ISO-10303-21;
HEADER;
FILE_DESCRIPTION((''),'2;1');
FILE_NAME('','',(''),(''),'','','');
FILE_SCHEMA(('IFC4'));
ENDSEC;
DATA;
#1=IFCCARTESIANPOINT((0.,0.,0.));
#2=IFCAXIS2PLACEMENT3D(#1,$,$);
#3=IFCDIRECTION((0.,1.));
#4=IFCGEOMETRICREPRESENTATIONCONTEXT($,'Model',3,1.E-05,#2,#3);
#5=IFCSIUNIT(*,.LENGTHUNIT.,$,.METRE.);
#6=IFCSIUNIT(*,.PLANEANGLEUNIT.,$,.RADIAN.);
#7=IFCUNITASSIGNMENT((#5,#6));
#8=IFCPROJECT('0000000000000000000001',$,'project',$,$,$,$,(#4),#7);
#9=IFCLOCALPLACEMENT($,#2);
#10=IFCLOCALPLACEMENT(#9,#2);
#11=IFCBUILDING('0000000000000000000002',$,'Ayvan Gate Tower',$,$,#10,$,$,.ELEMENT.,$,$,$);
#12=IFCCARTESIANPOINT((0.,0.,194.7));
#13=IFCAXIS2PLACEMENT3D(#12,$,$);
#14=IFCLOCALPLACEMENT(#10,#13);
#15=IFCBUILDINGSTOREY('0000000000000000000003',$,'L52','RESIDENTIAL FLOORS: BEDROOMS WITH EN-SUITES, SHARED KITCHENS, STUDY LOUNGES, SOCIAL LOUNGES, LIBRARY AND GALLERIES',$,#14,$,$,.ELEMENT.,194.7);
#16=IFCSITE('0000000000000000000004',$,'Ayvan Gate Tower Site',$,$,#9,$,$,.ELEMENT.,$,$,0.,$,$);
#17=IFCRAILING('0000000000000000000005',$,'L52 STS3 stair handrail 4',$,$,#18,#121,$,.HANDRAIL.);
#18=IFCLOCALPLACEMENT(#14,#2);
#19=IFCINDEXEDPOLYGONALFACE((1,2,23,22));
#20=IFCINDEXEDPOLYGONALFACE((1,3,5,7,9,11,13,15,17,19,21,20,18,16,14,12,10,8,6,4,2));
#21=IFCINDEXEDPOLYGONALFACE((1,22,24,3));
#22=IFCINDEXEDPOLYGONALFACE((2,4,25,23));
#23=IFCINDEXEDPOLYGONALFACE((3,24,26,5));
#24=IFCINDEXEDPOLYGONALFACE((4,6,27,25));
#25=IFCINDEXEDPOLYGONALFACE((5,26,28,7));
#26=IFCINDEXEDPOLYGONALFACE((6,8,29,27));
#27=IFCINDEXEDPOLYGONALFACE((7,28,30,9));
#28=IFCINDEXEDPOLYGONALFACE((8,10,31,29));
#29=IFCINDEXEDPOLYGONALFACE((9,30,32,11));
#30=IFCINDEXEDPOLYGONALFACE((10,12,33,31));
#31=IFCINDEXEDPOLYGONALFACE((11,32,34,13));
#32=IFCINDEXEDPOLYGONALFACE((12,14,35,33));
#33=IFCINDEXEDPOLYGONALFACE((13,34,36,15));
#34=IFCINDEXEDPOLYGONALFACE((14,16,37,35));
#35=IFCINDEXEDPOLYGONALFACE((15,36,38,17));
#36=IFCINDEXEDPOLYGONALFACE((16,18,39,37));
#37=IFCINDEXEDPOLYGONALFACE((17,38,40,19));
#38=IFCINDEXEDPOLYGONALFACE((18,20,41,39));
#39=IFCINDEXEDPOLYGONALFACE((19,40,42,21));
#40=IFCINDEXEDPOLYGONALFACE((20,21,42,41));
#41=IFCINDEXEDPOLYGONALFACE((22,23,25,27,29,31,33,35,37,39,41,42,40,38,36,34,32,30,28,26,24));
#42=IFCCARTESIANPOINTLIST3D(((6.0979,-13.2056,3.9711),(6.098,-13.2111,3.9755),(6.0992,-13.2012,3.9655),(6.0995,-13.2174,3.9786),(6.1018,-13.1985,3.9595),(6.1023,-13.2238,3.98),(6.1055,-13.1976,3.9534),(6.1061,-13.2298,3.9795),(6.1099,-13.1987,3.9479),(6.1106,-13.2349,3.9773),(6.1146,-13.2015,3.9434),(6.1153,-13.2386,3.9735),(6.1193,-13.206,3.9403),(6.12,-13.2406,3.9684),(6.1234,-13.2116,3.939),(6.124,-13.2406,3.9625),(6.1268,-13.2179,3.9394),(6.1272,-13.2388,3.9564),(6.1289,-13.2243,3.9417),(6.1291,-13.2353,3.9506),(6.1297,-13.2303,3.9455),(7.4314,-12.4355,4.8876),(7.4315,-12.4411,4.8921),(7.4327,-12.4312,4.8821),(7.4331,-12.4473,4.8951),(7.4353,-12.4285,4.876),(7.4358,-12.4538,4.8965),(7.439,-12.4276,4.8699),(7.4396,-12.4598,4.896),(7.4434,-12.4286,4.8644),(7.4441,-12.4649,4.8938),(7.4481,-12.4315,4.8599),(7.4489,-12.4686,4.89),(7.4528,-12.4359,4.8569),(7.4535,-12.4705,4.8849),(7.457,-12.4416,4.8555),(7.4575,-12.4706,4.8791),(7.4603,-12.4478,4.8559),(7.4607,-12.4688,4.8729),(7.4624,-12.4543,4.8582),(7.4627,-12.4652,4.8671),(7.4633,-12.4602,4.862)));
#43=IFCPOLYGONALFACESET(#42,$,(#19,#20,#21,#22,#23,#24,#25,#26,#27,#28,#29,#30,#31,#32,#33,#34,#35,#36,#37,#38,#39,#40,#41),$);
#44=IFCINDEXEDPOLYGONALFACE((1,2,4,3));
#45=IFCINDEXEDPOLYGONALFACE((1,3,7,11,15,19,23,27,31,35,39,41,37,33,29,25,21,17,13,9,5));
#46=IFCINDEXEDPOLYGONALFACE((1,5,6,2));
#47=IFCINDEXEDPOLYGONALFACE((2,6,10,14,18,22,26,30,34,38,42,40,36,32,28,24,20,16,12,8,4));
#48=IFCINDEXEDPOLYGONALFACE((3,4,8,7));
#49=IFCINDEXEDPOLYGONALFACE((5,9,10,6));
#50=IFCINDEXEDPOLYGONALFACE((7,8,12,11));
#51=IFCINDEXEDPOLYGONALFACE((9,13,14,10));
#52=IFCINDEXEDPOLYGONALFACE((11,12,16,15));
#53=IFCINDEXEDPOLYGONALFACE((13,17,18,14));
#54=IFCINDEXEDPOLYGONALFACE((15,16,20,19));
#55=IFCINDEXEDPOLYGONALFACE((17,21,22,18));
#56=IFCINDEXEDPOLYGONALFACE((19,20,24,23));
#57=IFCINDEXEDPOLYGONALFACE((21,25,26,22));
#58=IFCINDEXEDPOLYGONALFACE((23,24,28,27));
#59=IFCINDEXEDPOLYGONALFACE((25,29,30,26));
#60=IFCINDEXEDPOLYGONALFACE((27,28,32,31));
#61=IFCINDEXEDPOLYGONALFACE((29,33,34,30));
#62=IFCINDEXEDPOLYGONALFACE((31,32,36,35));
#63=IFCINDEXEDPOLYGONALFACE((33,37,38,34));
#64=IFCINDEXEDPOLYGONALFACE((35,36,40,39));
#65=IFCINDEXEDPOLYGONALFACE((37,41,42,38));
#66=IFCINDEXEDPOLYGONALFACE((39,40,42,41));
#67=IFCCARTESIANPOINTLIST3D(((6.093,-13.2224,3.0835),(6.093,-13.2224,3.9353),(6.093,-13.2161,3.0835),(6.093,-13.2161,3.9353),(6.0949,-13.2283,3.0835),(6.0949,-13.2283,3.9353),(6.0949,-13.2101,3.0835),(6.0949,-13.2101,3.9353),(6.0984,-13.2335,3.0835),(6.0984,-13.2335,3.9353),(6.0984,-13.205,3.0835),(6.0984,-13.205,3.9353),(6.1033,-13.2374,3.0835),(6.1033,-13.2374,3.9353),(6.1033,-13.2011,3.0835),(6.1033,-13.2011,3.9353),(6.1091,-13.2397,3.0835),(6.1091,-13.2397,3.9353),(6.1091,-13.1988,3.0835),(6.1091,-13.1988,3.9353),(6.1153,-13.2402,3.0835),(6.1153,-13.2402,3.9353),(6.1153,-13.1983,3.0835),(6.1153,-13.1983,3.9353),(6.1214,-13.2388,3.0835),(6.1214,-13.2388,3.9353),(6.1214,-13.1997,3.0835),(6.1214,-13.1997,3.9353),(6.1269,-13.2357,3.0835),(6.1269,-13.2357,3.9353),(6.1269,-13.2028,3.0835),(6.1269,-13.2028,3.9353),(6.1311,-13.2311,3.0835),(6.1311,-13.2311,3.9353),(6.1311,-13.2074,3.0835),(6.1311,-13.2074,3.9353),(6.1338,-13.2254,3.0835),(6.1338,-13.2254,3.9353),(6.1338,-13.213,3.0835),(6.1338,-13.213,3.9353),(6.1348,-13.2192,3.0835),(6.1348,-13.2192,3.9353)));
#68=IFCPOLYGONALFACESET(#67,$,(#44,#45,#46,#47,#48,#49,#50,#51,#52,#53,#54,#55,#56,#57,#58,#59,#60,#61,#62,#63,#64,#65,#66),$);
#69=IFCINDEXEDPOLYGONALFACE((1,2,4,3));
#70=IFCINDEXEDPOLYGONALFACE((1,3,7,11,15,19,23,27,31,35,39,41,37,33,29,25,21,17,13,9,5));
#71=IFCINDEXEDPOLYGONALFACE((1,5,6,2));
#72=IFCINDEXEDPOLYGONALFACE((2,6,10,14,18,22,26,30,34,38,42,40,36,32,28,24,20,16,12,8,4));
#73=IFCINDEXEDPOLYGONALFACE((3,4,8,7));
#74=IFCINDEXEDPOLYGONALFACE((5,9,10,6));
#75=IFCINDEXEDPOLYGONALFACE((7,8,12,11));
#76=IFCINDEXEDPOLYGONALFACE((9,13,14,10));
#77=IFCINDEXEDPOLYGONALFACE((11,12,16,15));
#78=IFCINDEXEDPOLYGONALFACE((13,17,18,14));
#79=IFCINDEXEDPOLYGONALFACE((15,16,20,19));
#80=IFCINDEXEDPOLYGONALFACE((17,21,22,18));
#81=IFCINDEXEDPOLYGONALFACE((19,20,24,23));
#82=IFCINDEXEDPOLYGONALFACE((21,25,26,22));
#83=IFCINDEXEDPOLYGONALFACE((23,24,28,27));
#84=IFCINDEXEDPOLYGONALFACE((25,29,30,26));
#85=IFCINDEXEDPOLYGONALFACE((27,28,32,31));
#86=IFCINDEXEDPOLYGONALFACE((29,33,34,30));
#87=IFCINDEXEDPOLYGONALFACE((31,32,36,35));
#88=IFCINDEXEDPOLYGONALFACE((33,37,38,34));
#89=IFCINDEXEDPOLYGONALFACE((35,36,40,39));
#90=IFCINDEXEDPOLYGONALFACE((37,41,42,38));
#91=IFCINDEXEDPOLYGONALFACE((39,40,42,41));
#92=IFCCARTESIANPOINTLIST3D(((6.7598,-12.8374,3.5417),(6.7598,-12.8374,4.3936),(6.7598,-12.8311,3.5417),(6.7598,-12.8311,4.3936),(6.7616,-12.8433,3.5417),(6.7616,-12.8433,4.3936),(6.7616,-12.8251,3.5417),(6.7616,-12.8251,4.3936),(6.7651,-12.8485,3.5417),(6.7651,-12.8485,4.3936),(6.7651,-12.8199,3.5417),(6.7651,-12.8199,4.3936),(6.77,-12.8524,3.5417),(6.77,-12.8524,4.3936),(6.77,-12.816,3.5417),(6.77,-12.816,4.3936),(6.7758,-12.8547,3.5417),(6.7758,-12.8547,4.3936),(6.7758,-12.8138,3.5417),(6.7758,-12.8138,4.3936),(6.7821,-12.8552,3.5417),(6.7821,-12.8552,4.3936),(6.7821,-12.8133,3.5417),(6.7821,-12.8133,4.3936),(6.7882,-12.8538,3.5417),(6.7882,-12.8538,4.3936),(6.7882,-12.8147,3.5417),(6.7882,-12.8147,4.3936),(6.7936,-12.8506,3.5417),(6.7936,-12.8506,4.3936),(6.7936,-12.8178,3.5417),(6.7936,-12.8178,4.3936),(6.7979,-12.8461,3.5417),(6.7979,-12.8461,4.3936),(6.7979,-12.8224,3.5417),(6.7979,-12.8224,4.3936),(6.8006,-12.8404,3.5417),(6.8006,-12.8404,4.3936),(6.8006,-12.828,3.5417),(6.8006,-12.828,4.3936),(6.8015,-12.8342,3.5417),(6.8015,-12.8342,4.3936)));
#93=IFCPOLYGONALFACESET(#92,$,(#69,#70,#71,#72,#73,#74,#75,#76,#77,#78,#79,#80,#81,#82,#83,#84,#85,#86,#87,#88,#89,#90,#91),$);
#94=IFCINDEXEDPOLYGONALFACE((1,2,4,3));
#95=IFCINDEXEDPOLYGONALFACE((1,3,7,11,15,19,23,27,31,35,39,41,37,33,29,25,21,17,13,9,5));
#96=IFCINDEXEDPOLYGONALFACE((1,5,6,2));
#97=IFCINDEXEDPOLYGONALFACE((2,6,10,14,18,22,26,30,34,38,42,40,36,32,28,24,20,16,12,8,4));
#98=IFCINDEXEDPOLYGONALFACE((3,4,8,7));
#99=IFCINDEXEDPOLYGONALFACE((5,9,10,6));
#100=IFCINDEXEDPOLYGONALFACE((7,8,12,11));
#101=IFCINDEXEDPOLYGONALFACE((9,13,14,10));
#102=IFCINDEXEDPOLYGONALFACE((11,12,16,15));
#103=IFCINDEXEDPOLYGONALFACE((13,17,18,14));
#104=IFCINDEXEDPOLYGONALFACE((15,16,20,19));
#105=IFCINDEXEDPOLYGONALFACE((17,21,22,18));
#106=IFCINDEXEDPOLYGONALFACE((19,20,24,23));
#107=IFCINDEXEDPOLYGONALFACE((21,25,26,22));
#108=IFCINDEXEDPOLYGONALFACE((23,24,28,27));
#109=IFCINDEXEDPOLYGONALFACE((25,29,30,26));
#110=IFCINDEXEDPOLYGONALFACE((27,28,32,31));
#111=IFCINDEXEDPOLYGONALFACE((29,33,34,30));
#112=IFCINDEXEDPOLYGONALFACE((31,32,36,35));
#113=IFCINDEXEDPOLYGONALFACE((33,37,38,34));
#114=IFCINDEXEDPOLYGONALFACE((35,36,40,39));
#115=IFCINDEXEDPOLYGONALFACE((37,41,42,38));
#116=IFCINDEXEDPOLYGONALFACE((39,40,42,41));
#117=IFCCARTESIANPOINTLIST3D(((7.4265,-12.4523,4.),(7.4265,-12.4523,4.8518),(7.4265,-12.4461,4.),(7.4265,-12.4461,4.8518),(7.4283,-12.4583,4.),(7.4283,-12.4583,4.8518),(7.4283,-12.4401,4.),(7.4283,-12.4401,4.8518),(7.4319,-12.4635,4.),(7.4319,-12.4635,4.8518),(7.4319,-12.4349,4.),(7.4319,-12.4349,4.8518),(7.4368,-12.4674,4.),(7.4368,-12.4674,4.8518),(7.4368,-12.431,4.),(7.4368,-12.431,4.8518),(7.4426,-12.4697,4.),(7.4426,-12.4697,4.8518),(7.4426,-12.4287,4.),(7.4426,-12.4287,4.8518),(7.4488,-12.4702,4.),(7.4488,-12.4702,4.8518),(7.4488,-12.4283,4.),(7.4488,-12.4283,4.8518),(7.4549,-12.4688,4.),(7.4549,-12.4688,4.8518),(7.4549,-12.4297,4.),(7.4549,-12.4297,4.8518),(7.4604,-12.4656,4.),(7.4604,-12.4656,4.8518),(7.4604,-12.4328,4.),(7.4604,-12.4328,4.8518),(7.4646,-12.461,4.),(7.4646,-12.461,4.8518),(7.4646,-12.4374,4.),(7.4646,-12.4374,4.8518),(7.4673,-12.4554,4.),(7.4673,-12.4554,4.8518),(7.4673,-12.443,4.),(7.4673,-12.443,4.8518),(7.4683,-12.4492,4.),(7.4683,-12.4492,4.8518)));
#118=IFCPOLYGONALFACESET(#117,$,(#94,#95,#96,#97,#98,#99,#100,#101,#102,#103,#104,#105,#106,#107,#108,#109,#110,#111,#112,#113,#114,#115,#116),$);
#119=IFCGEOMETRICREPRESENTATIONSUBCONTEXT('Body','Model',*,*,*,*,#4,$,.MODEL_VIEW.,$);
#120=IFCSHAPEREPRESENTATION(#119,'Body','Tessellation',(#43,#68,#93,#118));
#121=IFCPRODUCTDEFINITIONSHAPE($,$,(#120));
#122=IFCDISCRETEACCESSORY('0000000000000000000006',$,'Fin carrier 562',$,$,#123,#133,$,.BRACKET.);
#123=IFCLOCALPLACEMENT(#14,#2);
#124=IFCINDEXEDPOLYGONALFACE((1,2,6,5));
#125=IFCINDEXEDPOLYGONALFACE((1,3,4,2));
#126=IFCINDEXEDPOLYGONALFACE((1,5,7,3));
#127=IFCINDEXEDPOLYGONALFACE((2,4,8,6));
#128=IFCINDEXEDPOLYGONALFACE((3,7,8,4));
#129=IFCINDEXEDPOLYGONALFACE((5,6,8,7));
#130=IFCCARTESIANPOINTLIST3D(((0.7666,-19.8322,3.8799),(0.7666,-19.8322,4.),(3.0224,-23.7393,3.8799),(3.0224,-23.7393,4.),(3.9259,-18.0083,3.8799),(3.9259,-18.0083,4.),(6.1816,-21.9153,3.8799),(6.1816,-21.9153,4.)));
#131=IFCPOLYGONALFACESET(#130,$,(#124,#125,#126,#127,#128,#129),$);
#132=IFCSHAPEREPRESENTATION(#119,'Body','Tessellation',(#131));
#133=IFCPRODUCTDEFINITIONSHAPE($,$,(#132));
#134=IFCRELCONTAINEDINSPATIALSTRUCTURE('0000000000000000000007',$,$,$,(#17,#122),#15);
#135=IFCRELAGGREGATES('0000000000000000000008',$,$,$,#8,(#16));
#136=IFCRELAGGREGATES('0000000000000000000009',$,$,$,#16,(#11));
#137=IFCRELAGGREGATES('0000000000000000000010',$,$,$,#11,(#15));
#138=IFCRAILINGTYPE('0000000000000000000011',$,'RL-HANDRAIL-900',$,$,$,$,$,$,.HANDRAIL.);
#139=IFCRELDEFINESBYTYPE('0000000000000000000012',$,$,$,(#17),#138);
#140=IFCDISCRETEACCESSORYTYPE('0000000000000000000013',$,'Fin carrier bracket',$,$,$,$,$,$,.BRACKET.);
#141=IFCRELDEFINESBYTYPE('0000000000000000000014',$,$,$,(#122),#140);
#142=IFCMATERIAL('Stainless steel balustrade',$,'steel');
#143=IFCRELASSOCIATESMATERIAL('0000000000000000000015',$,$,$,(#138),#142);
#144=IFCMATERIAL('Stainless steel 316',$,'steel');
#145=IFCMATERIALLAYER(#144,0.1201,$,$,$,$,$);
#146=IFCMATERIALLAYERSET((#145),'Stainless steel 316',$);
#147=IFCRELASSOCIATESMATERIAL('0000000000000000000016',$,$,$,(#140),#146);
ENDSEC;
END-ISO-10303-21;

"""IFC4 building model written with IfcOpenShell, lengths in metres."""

from ifc_helpers import new_model, si_unit, direction, frame, origin, origin_2d, place, context, subcontext, project, spatial, rectangle, circle, extrude, material, layer, layer_set, type_object, element, save


model = new_model("IFC4")

# Units and contexts
model_context = context("Model", 3, precision=1e-05, world=origin(), true_north=direction((0.0, 1.0)))
body_context = subcontext(model_context, "Body", "Model", "MODEL_VIEW")
ifc_project = project(units=[si_unit("LENGTHUNIT", "METRE"), si_unit("PLANEANGLEUNIT", "RADIAN")], contexts=[model_context])

# Site, building, storey
site_placement = place(None, origin())
site = spatial("IfcSite", under=ifc_project, at=site_placement, Name="Ayvan Gate Tower Site", CompositionType="ELEMENT", RefElevation=0.0)
building_placement = place(site_placement, origin())
building = spatial("IfcBuilding", under=site, at=building_placement, Name="Ayvan Gate Tower", CompositionType="ELEMENT")
storey_placement = place(building_placement, frame((0.0, 0.0, 194.7)))
storey = spatial("IfcBuildingStorey", under=building, at=storey_placement, Name="L52", Description="RESIDENTIAL FLOORS: BEDROOMS WITH EN-SUITES, SHARED KITCHENS, STUDY LOUNGES, SOCIAL LOUNGES, LIBRARY AND GALLERIES", CompositionType="ELEMENT", Elevation=194.7)

# Railing
ifc_material_1 = material(Name="Stainless steel balustrade", Category="steel")
railing_type_1 = type_object("IfcRailingType", Name="RL-HANDRAIL-900", PredefinedType="HANDRAIL", material=ifc_material_1)
railing_1_placement = place(storey_placement, frame((6.1138, -13.2192, 3.0835)))
element("IfcRailing", 1, at=railing_1_placement, inside=storey, type_object=railing_type_1, Name="L52 STS3 stair handrail 4", PredefinedType="HANDRAIL", context=body_context, shape_type="SweptSolid", body=[
    extrude(circle(Radius=0.0239, at=origin_2d()), frame((0.0, 0.0, 0.876), z_axis=(0.744155, 0.429708, 0.511453), x_axis=(-0.500061, 0.86599, 0.0)), (0.0, 0.0, 1.0), 1.792),
    extrude(circle(Radius=0.021, at=origin_2d()), origin(), (0.0, 0.0, 1.0), 0.8518),
    extrude(circle(Radius=0.021, at=origin_2d()), frame((0.6667, 0.385, 0.4583)), (0.0, 0.0, 1.0), 0.8518),
    extrude(circle(Radius=0.021, at=origin_2d()), frame((1.3335, 0.77, 0.9165)), (0.0, 0.0, 1.0), 0.8518),
])

# Discrete accessory
ifc_material_2 = material(Name="Stainless steel 316", Category="steel")
ifc_layer_1 = layer(ifc_material_2, 0.1201)
ifc_layer_set_1 = layer_set([ifc_layer_1], Name="Stainless steel 316")
discrete_accessory_type = type_object("IfcDiscreteAccessoryType", Name="Fin carrier bracket", PredefinedType="BRACKET", material=ifc_layer_set_1)
discrete_accessory_placement = place(storey_placement, frame((3.4741, -20.8738, 3.8799), z_axis=(0.0, 0.0, 1.0), x_axis=(0.866025, 0.5, 0.0)))
element("IfcDiscreteAccessory", 2, at=discrete_accessory_placement, inside=storey, type_object=discrete_accessory_type, Name="Fin carrier 562", PredefinedType="BRACKET", context=body_context, shape_type="SweptSolid", body=[
    extrude(rectangle(XDim=3.6479, YDim=4.5115, at=origin_2d()), origin(), (0.0, 0.0, 1.0), 0.1201),
])

save(model, "model.ifc")
